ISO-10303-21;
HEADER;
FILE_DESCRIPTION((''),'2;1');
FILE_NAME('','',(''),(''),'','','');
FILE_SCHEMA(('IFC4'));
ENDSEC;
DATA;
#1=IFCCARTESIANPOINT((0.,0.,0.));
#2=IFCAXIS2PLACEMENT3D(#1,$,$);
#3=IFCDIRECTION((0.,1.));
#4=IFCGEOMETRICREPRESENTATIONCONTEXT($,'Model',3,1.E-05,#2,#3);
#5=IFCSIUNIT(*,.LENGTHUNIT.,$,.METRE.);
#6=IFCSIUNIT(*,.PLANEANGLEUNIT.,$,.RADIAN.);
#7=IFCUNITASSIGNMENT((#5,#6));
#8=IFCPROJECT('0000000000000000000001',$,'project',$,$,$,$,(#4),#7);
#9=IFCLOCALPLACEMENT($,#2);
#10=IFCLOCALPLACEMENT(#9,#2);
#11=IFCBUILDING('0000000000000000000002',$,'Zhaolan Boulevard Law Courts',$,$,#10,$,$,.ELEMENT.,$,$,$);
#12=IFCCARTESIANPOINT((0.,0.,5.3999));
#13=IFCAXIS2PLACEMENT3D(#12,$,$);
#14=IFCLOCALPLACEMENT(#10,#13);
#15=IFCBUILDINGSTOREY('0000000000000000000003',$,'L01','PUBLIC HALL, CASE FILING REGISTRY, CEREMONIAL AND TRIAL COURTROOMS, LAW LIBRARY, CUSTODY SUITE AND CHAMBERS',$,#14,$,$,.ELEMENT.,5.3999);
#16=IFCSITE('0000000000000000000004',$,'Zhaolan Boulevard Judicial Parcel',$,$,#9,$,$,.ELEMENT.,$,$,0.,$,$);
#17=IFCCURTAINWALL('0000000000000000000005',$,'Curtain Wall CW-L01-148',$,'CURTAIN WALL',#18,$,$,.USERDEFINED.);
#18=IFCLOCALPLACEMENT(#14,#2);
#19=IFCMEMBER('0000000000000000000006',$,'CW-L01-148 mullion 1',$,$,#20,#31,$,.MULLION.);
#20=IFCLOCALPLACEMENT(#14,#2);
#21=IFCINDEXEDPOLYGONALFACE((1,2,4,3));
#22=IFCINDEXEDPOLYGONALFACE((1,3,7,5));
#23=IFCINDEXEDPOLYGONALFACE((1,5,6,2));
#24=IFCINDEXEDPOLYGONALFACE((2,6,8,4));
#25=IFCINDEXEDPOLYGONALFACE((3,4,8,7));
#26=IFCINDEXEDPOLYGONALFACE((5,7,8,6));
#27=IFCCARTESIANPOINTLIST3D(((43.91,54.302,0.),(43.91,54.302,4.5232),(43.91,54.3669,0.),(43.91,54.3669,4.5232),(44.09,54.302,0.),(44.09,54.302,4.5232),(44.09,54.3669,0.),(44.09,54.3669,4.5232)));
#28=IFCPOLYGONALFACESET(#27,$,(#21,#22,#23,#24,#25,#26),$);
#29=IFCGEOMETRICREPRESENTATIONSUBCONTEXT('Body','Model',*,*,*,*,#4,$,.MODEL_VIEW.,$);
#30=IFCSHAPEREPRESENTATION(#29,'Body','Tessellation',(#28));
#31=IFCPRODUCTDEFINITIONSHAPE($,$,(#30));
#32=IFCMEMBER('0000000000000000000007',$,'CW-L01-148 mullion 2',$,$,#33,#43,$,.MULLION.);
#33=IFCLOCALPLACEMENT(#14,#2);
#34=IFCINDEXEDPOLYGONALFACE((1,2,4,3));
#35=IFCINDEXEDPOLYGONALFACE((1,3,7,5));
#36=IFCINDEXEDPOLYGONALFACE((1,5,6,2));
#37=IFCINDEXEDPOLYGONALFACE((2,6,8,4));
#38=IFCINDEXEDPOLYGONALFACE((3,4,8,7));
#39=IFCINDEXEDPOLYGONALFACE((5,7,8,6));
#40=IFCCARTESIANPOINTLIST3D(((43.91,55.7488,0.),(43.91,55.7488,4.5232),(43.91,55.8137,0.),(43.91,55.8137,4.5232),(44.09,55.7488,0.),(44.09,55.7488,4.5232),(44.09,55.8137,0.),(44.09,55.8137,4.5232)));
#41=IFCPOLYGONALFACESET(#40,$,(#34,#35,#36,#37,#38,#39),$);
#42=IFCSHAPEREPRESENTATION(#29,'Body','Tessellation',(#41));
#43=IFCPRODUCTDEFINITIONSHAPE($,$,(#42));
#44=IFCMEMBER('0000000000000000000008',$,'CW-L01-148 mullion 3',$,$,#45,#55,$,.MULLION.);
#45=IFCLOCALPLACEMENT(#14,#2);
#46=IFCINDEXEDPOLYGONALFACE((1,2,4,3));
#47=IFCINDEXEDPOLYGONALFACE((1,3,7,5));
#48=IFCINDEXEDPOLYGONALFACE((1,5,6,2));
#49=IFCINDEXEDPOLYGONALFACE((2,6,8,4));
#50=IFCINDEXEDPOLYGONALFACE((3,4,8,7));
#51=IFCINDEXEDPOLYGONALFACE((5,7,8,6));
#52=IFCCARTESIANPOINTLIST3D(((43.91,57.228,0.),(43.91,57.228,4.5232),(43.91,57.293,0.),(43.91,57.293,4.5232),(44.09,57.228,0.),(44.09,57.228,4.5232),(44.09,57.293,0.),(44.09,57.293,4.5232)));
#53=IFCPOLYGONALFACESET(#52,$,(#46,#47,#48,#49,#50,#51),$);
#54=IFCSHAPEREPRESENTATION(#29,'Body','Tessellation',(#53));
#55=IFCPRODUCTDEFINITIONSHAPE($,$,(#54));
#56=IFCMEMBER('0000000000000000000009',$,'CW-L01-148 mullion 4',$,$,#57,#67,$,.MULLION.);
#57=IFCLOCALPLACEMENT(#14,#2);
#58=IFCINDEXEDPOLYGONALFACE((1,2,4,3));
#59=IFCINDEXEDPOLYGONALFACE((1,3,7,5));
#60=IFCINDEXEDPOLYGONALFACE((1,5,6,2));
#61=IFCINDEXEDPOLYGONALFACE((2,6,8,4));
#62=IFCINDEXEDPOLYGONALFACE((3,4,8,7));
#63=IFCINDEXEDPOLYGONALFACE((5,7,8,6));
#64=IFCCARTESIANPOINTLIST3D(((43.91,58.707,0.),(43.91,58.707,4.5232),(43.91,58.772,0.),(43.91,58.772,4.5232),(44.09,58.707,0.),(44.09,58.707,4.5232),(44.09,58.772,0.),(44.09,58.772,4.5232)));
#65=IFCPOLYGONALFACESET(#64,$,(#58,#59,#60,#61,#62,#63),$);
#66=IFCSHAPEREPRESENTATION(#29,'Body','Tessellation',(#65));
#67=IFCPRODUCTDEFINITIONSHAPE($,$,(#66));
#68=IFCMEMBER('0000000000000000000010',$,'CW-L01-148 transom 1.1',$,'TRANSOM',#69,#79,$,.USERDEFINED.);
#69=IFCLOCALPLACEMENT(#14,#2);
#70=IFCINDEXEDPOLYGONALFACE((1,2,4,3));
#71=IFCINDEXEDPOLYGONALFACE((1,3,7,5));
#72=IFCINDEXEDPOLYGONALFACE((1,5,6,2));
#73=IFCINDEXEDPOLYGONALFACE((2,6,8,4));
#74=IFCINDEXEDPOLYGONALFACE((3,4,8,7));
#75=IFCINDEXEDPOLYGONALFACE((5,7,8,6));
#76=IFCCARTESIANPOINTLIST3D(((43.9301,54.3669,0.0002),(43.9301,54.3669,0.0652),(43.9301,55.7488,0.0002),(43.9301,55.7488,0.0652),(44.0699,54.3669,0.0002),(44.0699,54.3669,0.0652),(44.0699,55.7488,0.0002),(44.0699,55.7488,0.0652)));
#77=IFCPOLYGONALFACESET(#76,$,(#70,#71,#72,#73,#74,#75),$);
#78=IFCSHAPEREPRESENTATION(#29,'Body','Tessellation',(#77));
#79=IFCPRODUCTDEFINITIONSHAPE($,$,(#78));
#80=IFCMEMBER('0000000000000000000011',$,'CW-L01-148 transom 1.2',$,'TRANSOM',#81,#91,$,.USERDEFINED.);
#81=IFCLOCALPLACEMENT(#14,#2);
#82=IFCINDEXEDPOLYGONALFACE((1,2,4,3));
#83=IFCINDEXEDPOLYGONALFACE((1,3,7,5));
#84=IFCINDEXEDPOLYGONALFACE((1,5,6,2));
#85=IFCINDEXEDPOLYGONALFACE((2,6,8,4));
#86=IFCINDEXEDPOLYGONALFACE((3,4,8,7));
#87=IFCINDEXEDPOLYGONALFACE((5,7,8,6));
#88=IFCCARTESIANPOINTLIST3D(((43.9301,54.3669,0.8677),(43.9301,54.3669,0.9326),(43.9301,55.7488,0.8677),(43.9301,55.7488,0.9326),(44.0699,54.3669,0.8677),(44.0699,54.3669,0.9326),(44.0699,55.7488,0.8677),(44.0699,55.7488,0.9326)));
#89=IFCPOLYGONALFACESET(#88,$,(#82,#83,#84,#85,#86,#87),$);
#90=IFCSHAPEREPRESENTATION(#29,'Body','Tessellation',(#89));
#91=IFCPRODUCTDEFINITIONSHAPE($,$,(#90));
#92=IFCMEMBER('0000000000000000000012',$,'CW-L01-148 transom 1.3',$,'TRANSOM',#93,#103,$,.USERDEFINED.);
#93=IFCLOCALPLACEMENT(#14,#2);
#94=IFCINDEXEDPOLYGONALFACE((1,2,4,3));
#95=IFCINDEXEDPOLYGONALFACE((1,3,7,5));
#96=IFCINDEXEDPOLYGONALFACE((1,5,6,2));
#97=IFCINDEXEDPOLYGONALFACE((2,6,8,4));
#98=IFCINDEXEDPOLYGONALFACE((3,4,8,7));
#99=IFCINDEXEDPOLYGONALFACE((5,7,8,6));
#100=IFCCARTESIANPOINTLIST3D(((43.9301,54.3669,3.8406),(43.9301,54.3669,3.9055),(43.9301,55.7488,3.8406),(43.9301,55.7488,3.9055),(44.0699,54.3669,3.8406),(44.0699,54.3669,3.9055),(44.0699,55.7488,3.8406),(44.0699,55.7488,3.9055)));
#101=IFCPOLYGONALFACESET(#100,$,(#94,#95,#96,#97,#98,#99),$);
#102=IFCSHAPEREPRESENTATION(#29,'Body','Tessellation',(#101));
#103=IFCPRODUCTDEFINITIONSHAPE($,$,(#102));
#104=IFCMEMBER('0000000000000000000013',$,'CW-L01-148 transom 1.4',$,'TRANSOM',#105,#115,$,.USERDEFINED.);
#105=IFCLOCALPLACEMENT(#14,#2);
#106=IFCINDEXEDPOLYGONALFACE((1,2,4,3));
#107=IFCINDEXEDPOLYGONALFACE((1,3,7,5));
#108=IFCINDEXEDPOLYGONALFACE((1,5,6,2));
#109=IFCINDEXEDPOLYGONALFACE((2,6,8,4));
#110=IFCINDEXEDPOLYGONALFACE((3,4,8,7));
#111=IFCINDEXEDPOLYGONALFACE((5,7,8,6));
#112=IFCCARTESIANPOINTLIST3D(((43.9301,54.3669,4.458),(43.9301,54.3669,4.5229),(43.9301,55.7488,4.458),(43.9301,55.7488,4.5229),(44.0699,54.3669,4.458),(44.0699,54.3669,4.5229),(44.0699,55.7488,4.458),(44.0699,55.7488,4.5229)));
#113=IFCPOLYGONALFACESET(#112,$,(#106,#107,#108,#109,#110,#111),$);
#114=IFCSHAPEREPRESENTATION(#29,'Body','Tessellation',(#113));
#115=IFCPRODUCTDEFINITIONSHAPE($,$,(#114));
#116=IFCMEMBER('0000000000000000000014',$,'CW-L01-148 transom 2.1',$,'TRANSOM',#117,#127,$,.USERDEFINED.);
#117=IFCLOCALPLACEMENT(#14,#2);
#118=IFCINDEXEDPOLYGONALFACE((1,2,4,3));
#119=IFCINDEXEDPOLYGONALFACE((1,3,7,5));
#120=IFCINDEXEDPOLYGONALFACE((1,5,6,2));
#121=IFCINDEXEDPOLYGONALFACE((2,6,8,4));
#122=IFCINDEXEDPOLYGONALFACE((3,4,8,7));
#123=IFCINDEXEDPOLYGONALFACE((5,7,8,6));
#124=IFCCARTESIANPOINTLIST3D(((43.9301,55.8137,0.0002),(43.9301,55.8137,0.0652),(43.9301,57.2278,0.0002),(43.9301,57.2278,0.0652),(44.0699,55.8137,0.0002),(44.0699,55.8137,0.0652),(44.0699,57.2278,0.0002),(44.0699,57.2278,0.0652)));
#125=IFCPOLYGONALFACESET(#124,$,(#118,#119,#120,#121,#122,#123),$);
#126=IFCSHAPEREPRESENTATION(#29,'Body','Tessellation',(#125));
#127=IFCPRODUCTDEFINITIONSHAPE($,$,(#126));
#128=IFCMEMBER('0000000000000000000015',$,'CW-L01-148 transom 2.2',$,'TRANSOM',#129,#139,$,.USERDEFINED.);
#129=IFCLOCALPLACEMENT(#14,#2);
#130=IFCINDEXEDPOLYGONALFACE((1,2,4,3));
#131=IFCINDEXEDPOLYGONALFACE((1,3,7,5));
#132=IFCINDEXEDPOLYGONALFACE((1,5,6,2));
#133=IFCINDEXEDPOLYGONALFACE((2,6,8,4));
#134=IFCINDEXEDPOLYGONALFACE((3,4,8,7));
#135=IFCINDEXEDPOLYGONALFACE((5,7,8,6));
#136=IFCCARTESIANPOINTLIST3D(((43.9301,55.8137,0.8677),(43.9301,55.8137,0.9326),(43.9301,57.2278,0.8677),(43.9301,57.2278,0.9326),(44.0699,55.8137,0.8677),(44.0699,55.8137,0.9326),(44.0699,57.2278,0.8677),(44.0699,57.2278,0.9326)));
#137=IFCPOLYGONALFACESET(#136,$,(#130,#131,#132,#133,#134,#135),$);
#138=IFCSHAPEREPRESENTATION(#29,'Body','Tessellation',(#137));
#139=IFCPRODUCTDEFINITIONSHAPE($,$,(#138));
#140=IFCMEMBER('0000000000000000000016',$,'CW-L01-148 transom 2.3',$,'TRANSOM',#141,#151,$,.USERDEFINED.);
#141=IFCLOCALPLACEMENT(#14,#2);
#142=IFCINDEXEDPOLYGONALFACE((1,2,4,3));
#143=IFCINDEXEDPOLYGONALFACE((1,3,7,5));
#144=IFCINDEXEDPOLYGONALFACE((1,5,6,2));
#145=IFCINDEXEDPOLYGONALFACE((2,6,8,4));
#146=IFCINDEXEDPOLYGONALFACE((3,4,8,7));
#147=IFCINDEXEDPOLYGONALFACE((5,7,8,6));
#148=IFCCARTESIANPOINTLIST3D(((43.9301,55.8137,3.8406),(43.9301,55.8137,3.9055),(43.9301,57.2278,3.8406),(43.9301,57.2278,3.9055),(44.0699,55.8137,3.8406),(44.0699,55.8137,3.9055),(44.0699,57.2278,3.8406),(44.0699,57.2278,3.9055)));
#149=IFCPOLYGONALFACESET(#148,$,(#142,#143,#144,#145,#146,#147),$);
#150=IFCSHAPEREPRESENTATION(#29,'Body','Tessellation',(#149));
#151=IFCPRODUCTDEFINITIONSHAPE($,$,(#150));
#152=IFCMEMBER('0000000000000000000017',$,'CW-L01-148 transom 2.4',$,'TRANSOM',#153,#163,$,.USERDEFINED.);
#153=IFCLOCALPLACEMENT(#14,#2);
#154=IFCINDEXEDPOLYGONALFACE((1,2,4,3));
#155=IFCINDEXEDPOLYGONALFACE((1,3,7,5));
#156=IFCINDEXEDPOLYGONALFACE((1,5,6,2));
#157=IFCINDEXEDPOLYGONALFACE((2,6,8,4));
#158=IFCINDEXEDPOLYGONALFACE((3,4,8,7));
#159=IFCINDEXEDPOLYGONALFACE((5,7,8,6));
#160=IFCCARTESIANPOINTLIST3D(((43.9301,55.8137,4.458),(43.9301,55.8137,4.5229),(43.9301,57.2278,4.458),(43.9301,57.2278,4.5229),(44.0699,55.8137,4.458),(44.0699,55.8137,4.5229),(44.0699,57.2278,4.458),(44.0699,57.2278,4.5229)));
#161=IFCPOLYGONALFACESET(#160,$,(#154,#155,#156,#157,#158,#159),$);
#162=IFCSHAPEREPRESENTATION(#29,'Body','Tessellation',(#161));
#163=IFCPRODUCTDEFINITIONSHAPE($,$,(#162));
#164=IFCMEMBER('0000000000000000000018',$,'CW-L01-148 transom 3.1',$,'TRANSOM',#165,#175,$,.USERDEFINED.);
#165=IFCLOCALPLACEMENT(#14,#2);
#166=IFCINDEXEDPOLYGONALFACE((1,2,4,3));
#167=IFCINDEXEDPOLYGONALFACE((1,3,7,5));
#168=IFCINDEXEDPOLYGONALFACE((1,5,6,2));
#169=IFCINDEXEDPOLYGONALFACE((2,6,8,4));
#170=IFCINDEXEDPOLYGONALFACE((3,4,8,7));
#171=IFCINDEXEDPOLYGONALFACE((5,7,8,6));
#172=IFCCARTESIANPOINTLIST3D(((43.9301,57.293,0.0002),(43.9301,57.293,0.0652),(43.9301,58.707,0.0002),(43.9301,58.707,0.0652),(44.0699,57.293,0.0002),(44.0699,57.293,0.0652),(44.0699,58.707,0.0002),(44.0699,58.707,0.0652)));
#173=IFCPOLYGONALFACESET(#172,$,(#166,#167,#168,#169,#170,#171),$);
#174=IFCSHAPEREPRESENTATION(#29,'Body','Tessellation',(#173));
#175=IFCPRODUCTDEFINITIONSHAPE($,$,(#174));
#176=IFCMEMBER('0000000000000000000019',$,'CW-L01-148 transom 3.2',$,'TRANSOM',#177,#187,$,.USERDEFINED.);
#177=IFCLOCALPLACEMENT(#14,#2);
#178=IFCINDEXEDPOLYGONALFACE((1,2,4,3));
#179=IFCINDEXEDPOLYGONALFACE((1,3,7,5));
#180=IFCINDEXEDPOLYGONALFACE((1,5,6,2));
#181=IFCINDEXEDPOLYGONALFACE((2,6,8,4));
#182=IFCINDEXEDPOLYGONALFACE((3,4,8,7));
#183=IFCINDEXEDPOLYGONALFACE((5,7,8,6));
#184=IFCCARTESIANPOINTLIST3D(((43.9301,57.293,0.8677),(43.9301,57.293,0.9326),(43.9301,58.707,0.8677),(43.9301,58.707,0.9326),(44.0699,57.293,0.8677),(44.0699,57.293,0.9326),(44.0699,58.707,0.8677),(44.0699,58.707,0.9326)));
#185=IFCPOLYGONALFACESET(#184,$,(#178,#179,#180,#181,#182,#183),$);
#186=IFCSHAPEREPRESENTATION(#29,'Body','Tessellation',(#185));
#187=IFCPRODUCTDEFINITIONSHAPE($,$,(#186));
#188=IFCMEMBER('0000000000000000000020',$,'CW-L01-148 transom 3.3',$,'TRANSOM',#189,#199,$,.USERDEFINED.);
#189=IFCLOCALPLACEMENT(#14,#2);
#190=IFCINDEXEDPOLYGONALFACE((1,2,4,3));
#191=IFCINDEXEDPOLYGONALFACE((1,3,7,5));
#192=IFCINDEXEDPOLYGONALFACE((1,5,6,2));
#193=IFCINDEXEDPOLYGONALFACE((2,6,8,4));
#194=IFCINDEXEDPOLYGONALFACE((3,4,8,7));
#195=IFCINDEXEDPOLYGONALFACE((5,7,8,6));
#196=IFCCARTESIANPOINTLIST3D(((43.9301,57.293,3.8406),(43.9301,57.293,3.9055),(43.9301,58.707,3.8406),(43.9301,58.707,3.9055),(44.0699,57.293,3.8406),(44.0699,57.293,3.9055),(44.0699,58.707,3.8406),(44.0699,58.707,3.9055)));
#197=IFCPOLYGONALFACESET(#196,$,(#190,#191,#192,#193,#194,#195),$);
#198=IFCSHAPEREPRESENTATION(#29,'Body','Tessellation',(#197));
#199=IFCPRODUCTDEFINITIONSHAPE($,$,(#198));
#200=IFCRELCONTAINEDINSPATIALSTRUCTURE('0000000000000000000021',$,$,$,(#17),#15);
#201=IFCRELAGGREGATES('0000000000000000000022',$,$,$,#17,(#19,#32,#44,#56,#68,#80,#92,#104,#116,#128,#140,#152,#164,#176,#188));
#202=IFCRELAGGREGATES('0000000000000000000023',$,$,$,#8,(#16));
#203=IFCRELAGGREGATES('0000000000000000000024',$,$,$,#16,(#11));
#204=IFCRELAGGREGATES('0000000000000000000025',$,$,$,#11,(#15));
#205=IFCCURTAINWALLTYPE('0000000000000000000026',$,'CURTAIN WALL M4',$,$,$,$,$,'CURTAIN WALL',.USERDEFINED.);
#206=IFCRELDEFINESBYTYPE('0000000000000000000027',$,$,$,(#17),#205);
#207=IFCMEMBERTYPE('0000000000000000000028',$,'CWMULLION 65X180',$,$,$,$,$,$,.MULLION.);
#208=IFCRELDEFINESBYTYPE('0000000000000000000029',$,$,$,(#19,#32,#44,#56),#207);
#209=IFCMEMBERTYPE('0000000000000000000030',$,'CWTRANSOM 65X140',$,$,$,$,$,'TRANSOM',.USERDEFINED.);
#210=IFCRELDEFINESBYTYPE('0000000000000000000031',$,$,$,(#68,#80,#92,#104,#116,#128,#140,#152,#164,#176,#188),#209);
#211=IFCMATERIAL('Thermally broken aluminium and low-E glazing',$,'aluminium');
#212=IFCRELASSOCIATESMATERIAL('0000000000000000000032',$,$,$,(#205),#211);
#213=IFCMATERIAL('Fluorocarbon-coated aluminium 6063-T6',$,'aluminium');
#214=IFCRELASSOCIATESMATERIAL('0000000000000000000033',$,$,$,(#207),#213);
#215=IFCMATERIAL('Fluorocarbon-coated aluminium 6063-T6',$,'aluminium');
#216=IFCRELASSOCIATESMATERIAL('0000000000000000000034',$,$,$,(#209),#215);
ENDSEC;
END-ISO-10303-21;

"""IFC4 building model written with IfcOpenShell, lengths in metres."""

from ifc_helpers import new_model, si_unit, direction, frame, origin, origin_2d, place, context, subcontext, project, spatial, rectangle, extrude, material, material_profile, profile_set, type_object, element, aggregate, save


model = new_model("IFC4")

# Units and contexts
model_context = context("Model", 3, precision=1e-05, world=origin(), true_north=direction((0.0, 1.0)))
body_context = subcontext(model_context, "Body", "Model", "MODEL_VIEW")
ifc_project = project(units=[si_unit("LENGTHUNIT", "METRE"), si_unit("PLANEANGLEUNIT", "RADIAN")], contexts=[model_context])

# Site, building, storey
site_placement = place(None, origin())
site = spatial("IfcSite", under=ifc_project, at=site_placement, Name="Zhaolan Boulevard Judicial Parcel", CompositionType="ELEMENT", RefElevation=0.0)
building_placement = place(site_placement, origin())
building = spatial("IfcBuilding", under=site, at=building_placement, Name="Zhaolan Boulevard Law Courts", CompositionType="ELEMENT")
storey_placement = place(building_placement, frame((0.0, 0.0, 5.3999)))
storey = spatial("IfcBuildingStorey", under=building, at=storey_placement, Name="L01", Description="PUBLIC HALL, CASE FILING REGISTRY, CEREMONIAL AND TRIAL COURTROOMS, LAW LIBRARY, CUSTODY SUITE AND CHAMBERS", CompositionType="ELEMENT", Elevation=5.3999)

# Curtain wall, members
ifc_material_1 = material(Name="Thermally broken aluminium and low-E glazing", Category="aluminium")
curtain_wall_type = type_object("IfcCurtainWallType", Name="CURTAIN WALL M4", ElementType="CURTAIN WALL", PredefinedType="USERDEFINED", material=ifc_material_1)
curtain_wall_placement = place(storey_placement, origin())
curtain_wall = element("IfcCurtainWall", 1, at=curtain_wall_placement, inside=storey, type_object=curtain_wall_type, Name="Curtain Wall CW-L01-148", ObjectType="CURTAIN WALL", PredefinedType="USERDEFINED")
ifc_material_2 = material(Name="Fluorocarbon-coated aluminium 6063-T6", Category="aluminium")
ifc_material_profile_1 = material_profile(ifc_material_2, rectangle(XDim=0.1799, YDim=0.0649, at=origin_2d()), Name="AL65x180")
ifc_profile_set_1 = profile_set([ifc_material_profile_1], Name="Fluorocarbon-coated aluminium 6063-T6")
member_type_1 = type_object("IfcMemberType", Name="CWMULLION 65X180", PredefinedType="MULLION", material=ifc_profile_set_1)
member_1_placement = place(storey_placement, frame((44.0, 54.3345, 0.0), z_axis=(0.0, 0.0, 1.0), x_axis=(-1.0, 0.0, 0.0)))
member_1 = element("IfcMember", 2, at=member_1_placement, type_object=member_type_1, Name="CW-L01-148 mullion 1", PredefinedType="MULLION", context=body_context, shape_type="SweptSolid", body=[
    extrude(rectangle(XDim=0.1799, YDim=0.0649, at=origin_2d()), origin(), (0.0, 0.0, 1.0), 4.5232),
])
member_2_placement = place(storey_placement, frame((44.0, 55.7812, 0.0), z_axis=(0.0, 0.0, 1.0), x_axis=(-1.0, 0.0, 0.0)))
member_2 = element("IfcMember", 3, at=member_2_placement, type_object=member_type_1, Name="CW-L01-148 mullion 2", PredefinedType="MULLION", context=body_context, shape_type="SweptSolid", body=[
    extrude(rectangle(XDim=0.1799, YDim=0.0649, at=origin_2d()), origin(), (0.0, 0.0, 1.0), 4.5232),
])
member_3_placement = place(storey_placement, frame((44.0, 57.2605, 0.0), z_axis=(0.0, 0.0, 1.0), x_axis=(-1.0, 0.0, 0.0)))
member_3 = element("IfcMember", 4, at=member_3_placement, type_object=member_type_1, Name="CW-L01-148 mullion 3", PredefinedType="MULLION", context=body_context, shape_type="SweptSolid", body=[
    extrude(rectangle(XDim=0.1799, YDim=0.0649, at=origin_2d()), origin(), (0.0, 0.0, 1.0), 4.5232),
])
member_4_placement = place(storey_placement, frame((44.0, 58.7395, 0.0), z_axis=(0.0, 0.0, 1.0), x_axis=(-1.0, 0.0, 0.0)))
member_4 = element("IfcMember", 5, at=member_4_placement, type_object=member_type_1, Name="CW-L01-148 mullion 4", PredefinedType="MULLION", context=body_context, shape_type="SweptSolid", body=[
    extrude(rectangle(XDim=0.1799, YDim=0.0649, at=origin_2d()), origin(), (0.0, 0.0, 1.0), 4.5232),
])
ifc_material_3 = material(Name="Fluorocarbon-coated aluminium 6063-T6", Category="aluminium")
ifc_material_profile_2 = material_profile(ifc_material_3, rectangle(XDim=0.1399, YDim=0.0649, at=origin_2d()), Name="AL65x140")
ifc_profile_set_2 = profile_set([ifc_material_profile_2], Name="Fluorocarbon-coated aluminium 6063-T6")
member_type_2 = type_object("IfcMemberType", Name="CWTRANSOM 65X140", ElementType="TRANSOM", PredefinedType="USERDEFINED", material=ifc_profile_set_2)
member_5_placement = place(storey_placement, frame((44.0, 54.3669, 0.0327), z_axis=(0.0, 1.0, 0.0), x_axis=(-1.0, 0.0, 0.0)))
member_5 = element("IfcMember", 6, at=member_5_placement, type_object=member_type_2, Name="CW-L01-148 transom 1.1", ObjectType="TRANSOM", PredefinedType="USERDEFINED", context=body_context, shape_type="SweptSolid", body=[
    extrude(rectangle(XDim=0.1399, YDim=0.0649, at=origin_2d()), origin(), (0.0, 0.0, 1.0), 1.3818),
])
member_6_placement = place(storey_placement, frame((44.0, 54.3669, 0.9001), z_axis=(0.0, 1.0, 0.0), x_axis=(-1.0, 0.0, 0.0)))
member_6 = element("IfcMember", 7, at=member_6_placement, type_object=member_type_2, Name="CW-L01-148 transom 1.2", ObjectType="TRANSOM", PredefinedType="USERDEFINED", context=body_context, shape_type="SweptSolid", body=[
    extrude(rectangle(XDim=0.1399, YDim=0.0649, at=origin_2d()), origin(), (0.0, 0.0, 1.0), 1.3818),
])
member_7_placement = place(storey_placement, frame((44.0, 54.3669, 3.873), z_axis=(0.0, 1.0, 0.0), x_axis=(-1.0, 0.0, 0.0)))
member_7 = element("IfcMember", 8, at=member_7_placement, type_object=member_type_2, Name="CW-L01-148 transom 1.3", ObjectType="TRANSOM", PredefinedType="USERDEFINED", context=body_context, shape_type="SweptSolid", body=[
    extrude(rectangle(XDim=0.1399, YDim=0.0649, at=origin_2d()), origin(), (0.0, 0.0, 1.0), 1.3818),
])
member_8_placement = place(storey_placement, frame((44.0, 54.3669, 4.4905), z_axis=(0.0, 1.0, 0.0), x_axis=(-1.0, 0.0, 0.0)))
member_8 = element("IfcMember", 9, at=member_8_placement, type_object=member_type_2, Name="CW-L01-148 transom 1.4", ObjectType="TRANSOM", PredefinedType="USERDEFINED", context=body_context, shape_type="SweptSolid", body=[
    extrude(rectangle(XDim=0.1399, YDim=0.0649, at=origin_2d()), origin(), (0.0, 0.0, 1.0), 1.3818),
])
member_9_placement = place(storey_placement, frame((44.0, 55.8137, 0.0327), z_axis=(0.0, 1.0, 0.0), x_axis=(-1.0, 0.0, 0.0)))
member_9 = element("IfcMember", 10, at=member_9_placement, type_object=member_type_2, Name="CW-L01-148 transom 2.1", ObjectType="TRANSOM", PredefinedType="USERDEFINED", context=body_context, shape_type="SweptSolid", body=[
    extrude(rectangle(XDim=0.1399, YDim=0.0649, at=origin_2d()), origin(), (0.0, 0.0, 1.0), 1.4141),
])
member_10_placement = place(storey_placement, frame((44.0, 55.8137, 0.9001), z_axis=(0.0, 1.0, 0.0), x_axis=(-1.0, 0.0, 0.0)))
member_10 = element("IfcMember", 11, at=member_10_placement, type_object=member_type_2, Name="CW-L01-148 transom 2.2", ObjectType="TRANSOM", PredefinedType="USERDEFINED", context=body_context, shape_type="SweptSolid", body=[
    extrude(rectangle(XDim=0.1399, YDim=0.0649, at=origin_2d()), origin(), (0.0, 0.0, 1.0), 1.4141),
])
member_11_placement = place(storey_placement, frame((44.0, 55.8137, 3.873), z_axis=(0.0, 1.0, 0.0), x_axis=(-1.0, 0.0, 0.0)))
member_11 = element("IfcMember", 12, at=member_11_placement, type_object=member_type_2, Name="CW-L01-148 transom 2.3", ObjectType="TRANSOM", PredefinedType="USERDEFINED", context=body_context, shape_type="SweptSolid", body=[
    extrude(rectangle(XDim=0.1399, YDim=0.0649, at=origin_2d()), origin(), (0.0, 0.0, 1.0), 1.4141),
])
member_12_placement = place(storey_placement, frame((44.0, 55.8137, 4.4905), z_axis=(0.0, 1.0, 0.0), x_axis=(-1.0, 0.0, 0.0)))
member_12 = element("IfcMember", 13, at=member_12_placement, type_object=member_type_2, Name="CW-L01-148 transom 2.4", ObjectType="TRANSOM", PredefinedType="USERDEFINED", context=body_context, shape_type="SweptSolid", body=[
    extrude(rectangle(XDim=0.1399, YDim=0.0649, at=origin_2d()), origin(), (0.0, 0.0, 1.0), 1.4141),
])
member_13_placement = place(storey_placement, frame((44.0, 57.293, 0.0327), z_axis=(0.0, 1.0, 0.0), x_axis=(-1.0, 0.0, 0.0)))
member_13 = element("IfcMember", 14, at=member_13_placement, type_object=member_type_2, Name="CW-L01-148 transom 3.1", ObjectType="TRANSOM", PredefinedType="USERDEFINED", context=body_context, shape_type="SweptSolid", body=[
    extrude(rectangle(XDim=0.1399, YDim=0.0649, at=origin_2d()), origin(), (0.0, 0.0, 1.0), 1.4141),
])
member_14_placement = place(storey_placement, frame((44.0, 57.293, 0.9001), z_axis=(0.0, 1.0, 0.0), x_axis=(-1.0, 0.0, 0.0)))
member_14 = element("IfcMember", 15, at=member_14_placement, type_object=member_type_2, Name="CW-L01-148 transom 3.2", ObjectType="TRANSOM", PredefinedType="USERDEFINED", context=body_context, shape_type="SweptSolid", body=[
    extrude(rectangle(XDim=0.1399, YDim=0.0649, at=origin_2d()), origin(), (0.0, 0.0, 1.0), 1.4141),
])
member_15_placement = place(storey_placement, frame((44.0, 57.293, 3.873), z_axis=(0.0, 1.0, 0.0), x_axis=(-1.0, 0.0, 0.0)))
member_15 = element("IfcMember", 16, at=member_15_placement, type_object=member_type_2, Name="CW-L01-148 transom 3.3", ObjectType="TRANSOM", PredefinedType="USERDEFINED", context=body_context, shape_type="SweptSolid", body=[
    extrude(rectangle(XDim=0.1399, YDim=0.0649, at=origin_2d()), origin(), (0.0, 0.0, 1.0), 1.4141),
])

aggregate(curtain_wall, [member_1, member_2, member_3, member_4, member_5, member_6, member_7, member_8, member_9, member_10, member_11, member_12, member_13, member_14, member_15])

save(model, "model.ifc")
